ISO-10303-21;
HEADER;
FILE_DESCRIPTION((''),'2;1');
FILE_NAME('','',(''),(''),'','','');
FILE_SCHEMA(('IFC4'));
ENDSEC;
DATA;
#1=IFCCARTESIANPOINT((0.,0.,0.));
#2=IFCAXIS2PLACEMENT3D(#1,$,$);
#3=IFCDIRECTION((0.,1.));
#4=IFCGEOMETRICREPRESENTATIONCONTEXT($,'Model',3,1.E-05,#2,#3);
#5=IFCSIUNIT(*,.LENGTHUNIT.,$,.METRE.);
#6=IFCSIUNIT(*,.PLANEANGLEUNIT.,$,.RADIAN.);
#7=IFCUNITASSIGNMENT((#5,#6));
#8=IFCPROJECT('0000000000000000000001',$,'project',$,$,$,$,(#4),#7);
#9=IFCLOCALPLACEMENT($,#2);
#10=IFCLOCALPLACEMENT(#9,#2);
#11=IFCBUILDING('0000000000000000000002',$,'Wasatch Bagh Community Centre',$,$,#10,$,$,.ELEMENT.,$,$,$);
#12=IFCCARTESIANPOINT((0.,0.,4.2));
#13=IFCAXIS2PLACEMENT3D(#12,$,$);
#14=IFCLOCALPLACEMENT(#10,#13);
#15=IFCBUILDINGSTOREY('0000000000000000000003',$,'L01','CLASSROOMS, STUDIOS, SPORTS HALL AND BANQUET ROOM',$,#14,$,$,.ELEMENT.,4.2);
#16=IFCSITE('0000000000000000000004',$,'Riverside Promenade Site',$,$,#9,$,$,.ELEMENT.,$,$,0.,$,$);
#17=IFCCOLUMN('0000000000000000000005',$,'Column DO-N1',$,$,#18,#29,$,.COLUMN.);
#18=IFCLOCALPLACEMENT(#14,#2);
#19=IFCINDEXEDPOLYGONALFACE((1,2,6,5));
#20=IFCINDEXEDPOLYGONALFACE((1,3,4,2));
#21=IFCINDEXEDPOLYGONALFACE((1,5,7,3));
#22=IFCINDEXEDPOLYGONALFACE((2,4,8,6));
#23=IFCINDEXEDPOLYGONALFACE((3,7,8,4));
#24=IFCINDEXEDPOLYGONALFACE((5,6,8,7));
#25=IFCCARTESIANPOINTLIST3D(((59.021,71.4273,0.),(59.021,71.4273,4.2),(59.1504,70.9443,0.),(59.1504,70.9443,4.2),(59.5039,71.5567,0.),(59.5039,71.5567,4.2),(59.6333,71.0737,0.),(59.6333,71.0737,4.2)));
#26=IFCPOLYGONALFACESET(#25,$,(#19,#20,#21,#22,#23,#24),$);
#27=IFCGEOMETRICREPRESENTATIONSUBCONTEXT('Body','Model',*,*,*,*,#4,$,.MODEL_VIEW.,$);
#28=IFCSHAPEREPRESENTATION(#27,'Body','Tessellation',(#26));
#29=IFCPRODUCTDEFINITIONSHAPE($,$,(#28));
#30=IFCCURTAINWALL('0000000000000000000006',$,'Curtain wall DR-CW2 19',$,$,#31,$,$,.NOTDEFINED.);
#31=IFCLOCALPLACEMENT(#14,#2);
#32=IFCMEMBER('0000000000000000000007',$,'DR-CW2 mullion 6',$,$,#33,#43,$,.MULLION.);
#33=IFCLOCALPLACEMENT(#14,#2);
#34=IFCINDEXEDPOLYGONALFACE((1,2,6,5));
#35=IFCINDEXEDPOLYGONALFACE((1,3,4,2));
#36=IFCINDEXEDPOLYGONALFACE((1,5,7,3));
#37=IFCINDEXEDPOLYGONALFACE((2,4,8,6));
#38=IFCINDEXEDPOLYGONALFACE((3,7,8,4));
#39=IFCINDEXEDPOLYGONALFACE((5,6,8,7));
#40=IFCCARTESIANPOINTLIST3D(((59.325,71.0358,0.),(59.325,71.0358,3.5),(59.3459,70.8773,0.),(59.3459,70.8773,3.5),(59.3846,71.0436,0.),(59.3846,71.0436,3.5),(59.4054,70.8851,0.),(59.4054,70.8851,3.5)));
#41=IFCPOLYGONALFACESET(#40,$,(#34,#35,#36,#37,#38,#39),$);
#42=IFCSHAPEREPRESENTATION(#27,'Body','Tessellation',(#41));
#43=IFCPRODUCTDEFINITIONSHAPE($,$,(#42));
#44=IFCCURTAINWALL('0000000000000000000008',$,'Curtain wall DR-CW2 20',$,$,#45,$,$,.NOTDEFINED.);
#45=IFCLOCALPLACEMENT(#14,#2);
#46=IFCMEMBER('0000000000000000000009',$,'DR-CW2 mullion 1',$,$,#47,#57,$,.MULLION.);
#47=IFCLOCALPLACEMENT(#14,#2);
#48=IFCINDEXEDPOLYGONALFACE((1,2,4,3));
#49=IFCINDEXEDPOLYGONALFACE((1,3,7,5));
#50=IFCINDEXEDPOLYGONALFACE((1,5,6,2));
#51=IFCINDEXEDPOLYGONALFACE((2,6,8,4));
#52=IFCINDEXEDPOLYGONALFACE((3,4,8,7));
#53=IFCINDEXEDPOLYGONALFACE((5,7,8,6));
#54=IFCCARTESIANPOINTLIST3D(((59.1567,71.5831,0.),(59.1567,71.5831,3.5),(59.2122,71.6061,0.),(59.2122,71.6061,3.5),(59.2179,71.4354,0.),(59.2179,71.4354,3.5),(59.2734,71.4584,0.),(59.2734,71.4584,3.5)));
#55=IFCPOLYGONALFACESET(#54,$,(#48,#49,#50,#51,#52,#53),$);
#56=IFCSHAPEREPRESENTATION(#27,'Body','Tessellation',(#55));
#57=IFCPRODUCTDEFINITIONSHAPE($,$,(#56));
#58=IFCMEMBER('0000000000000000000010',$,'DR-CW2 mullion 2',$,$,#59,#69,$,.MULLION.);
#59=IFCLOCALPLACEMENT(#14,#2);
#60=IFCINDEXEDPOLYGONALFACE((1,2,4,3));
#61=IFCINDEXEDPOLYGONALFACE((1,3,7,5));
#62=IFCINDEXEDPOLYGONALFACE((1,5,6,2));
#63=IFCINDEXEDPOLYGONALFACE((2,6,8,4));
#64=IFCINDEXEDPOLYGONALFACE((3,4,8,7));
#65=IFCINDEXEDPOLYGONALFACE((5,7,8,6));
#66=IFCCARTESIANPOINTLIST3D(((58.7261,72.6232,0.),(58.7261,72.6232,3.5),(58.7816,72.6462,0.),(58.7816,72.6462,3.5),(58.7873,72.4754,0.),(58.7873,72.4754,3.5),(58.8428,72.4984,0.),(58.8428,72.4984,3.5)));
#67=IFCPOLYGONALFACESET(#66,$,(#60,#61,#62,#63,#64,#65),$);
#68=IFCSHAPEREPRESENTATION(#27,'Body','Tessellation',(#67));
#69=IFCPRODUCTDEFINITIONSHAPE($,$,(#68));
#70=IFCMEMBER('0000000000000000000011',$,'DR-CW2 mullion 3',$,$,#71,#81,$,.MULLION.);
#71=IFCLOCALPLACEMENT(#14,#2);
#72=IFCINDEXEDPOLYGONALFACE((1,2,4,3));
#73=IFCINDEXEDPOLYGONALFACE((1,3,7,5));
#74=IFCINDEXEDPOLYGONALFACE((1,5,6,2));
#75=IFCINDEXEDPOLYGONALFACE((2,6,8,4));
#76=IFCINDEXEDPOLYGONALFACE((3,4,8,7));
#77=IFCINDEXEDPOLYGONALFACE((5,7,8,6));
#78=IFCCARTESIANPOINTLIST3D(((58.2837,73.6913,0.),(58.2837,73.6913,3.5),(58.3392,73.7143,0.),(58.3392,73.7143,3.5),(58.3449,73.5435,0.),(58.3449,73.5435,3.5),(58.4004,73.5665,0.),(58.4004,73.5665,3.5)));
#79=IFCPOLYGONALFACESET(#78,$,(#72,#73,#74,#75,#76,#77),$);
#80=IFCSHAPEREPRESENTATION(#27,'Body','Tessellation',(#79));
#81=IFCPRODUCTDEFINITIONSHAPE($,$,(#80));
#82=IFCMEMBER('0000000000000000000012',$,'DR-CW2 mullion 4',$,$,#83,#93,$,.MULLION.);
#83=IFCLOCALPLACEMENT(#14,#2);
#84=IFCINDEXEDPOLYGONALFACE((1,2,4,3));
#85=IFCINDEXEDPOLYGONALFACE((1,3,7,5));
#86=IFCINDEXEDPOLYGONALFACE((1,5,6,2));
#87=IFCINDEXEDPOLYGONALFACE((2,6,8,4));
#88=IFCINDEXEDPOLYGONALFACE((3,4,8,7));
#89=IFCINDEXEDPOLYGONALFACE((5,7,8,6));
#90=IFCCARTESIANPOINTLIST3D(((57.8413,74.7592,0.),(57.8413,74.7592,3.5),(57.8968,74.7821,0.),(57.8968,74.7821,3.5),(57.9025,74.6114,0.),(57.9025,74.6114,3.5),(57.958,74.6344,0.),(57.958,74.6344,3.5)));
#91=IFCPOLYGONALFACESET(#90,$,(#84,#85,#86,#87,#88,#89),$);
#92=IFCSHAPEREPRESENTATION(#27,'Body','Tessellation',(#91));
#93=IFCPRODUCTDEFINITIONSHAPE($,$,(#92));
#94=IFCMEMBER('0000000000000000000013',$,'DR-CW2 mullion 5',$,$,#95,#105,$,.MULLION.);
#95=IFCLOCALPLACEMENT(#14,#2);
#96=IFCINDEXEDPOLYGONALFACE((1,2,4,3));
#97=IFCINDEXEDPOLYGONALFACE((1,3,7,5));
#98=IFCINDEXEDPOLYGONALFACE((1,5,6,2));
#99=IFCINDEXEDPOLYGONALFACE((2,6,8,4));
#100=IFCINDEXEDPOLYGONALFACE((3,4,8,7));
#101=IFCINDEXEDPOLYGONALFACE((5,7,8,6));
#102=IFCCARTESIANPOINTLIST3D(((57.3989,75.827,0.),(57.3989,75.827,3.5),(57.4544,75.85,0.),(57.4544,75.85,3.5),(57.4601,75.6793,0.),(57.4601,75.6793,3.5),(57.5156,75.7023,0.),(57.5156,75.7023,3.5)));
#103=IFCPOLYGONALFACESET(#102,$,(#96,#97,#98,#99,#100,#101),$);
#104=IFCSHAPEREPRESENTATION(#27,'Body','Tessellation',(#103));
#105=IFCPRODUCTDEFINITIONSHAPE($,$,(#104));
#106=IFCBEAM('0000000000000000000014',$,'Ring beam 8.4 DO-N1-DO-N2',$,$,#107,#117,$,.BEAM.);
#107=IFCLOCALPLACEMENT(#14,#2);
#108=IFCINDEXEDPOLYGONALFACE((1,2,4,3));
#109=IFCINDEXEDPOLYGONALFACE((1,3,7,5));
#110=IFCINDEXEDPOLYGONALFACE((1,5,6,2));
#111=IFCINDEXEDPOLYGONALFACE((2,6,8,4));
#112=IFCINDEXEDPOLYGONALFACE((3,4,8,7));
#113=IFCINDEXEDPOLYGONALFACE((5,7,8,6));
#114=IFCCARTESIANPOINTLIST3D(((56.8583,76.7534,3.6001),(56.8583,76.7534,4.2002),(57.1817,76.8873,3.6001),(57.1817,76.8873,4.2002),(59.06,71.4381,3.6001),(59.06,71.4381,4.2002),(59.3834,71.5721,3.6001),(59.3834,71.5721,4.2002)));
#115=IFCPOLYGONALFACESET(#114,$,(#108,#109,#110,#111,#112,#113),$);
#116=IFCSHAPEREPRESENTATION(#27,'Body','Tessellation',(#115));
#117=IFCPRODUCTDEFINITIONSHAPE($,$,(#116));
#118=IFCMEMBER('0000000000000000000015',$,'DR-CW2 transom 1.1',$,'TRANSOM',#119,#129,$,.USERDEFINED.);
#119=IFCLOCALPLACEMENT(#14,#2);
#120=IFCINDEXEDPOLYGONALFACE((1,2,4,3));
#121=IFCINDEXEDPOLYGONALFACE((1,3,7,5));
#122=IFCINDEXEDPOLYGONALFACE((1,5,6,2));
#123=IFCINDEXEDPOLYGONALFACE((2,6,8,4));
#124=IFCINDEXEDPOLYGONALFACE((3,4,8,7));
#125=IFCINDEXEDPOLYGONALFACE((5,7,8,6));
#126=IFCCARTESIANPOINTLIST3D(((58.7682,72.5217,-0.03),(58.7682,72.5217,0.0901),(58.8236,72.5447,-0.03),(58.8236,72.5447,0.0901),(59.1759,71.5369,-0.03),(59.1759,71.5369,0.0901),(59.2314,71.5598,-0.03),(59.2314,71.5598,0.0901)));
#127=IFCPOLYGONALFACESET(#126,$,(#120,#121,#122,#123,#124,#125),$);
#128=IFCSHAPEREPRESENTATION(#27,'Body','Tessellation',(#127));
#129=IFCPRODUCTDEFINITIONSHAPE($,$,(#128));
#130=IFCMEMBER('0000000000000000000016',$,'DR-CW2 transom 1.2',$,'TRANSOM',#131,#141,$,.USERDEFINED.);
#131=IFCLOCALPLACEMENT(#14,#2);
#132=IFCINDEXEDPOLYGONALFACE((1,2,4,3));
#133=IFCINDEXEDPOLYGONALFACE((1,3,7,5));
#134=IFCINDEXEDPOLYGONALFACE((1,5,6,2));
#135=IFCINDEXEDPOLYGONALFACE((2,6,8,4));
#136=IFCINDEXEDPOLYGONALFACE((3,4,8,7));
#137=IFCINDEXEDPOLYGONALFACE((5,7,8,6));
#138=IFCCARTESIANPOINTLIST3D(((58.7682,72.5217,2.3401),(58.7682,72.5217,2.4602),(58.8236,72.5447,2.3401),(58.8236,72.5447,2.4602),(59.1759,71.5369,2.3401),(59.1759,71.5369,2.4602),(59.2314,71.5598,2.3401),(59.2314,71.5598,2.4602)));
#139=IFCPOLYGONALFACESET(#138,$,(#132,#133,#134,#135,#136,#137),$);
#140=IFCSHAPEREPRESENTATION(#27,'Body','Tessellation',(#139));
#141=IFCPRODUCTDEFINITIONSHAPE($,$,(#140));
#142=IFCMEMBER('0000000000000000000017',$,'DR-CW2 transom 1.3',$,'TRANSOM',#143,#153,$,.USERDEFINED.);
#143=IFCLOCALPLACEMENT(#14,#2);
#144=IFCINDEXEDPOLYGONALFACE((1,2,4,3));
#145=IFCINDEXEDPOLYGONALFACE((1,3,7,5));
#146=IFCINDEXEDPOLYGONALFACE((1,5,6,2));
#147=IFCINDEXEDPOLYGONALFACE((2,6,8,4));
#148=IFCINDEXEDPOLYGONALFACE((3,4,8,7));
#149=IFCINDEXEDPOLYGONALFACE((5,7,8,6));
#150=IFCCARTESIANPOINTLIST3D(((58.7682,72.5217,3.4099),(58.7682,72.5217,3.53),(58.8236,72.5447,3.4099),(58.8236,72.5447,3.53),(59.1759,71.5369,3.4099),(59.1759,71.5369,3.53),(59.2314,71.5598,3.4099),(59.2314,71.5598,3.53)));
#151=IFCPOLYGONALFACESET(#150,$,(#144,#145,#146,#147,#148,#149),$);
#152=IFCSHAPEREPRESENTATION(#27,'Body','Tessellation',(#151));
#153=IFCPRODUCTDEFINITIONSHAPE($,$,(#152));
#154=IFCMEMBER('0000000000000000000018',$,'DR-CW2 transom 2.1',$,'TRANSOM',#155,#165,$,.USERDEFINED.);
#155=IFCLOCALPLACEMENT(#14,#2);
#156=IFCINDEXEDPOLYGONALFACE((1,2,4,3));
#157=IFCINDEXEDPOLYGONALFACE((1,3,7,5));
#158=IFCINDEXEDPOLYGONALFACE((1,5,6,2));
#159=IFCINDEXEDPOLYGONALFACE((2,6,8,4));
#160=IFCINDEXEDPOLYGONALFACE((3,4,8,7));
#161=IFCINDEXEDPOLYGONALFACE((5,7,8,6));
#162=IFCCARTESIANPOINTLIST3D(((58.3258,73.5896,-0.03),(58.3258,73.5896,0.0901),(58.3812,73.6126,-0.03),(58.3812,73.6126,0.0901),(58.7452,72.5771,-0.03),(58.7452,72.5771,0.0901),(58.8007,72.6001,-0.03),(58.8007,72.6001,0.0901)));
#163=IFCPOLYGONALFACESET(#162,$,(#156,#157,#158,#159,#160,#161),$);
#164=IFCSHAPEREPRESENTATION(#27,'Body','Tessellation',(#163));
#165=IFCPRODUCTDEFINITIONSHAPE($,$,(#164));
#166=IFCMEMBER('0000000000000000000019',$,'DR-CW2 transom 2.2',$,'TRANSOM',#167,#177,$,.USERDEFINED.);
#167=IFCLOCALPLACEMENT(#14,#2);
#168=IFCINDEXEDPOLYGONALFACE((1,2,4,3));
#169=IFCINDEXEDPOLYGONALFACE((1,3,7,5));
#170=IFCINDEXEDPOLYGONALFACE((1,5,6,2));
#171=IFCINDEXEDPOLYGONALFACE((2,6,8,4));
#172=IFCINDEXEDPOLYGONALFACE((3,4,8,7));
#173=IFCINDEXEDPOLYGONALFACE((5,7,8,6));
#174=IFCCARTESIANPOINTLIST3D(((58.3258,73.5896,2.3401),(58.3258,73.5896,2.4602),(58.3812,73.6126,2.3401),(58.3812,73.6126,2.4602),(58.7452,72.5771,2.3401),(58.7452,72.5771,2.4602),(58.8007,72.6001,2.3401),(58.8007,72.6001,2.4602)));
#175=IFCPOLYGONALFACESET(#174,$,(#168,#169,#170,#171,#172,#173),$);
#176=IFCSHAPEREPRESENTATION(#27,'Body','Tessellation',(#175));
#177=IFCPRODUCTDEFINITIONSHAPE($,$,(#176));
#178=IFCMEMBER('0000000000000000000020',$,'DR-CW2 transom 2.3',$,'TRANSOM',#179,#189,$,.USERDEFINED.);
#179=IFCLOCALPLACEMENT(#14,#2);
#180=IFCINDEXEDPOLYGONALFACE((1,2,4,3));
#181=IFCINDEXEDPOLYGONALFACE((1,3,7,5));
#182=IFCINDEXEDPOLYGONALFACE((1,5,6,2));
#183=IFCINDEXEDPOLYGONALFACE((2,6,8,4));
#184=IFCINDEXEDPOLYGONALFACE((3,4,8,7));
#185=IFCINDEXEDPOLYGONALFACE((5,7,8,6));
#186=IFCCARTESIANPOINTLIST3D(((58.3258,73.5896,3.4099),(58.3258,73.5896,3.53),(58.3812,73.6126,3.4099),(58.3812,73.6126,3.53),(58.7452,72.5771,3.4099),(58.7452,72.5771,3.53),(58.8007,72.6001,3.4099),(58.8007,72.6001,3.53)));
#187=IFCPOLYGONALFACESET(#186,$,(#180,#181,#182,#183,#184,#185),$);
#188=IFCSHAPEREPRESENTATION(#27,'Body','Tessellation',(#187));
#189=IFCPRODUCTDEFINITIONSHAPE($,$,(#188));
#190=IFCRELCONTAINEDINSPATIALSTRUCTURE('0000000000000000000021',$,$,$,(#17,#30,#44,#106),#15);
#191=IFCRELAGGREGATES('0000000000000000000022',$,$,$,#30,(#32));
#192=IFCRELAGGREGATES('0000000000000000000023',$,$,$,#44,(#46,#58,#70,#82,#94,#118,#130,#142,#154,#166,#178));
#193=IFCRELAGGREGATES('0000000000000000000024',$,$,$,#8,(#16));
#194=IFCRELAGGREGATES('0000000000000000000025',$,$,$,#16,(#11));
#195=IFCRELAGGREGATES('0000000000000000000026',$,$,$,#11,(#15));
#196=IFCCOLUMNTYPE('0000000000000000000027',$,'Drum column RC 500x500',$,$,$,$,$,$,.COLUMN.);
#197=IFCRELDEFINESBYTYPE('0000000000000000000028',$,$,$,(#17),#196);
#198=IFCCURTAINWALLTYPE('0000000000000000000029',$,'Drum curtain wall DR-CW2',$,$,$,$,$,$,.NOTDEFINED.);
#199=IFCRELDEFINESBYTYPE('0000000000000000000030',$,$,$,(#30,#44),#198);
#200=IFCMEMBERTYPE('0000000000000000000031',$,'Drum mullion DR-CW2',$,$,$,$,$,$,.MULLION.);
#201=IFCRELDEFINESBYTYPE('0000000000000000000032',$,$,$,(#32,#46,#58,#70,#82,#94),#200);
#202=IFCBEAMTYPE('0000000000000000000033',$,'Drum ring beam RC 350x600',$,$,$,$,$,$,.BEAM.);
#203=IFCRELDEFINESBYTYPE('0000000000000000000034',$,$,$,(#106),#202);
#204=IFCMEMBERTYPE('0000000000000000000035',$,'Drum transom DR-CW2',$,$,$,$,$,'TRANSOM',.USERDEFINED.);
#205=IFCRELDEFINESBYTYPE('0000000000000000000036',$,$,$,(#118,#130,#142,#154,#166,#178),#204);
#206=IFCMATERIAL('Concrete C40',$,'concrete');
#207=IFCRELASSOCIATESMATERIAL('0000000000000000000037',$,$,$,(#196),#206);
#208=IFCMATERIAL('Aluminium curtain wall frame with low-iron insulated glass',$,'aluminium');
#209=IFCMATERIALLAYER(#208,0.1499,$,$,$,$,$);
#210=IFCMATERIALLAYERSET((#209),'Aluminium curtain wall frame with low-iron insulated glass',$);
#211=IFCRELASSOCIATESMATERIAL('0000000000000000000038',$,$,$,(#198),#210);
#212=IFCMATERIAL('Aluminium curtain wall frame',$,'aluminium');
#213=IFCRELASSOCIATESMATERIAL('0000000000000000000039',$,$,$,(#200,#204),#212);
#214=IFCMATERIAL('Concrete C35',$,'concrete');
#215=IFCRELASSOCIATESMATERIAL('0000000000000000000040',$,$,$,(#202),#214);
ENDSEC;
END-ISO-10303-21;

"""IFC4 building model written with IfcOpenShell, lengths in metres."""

from ifc_helpers import new_model, si_unit, direction, frame, origin, origin_2d, place, context, subcontext, project, spatial, rectangle, extrude, material, layer, layer_set, material_profile, profile_set, type_object, element, aggregate, save


model = new_model("IFC4")

# Units and contexts
model_context = context("Model", 3, precision=1e-05, world=origin(), true_north=direction((0.0, 1.0)))
body_context = subcontext(model_context, "Body", "Model", "MODEL_VIEW")
ifc_project = project(units=[si_unit("LENGTHUNIT", "METRE"), si_unit("PLANEANGLEUNIT", "RADIAN")], contexts=[model_context])

# Site, building, storey
site_placement = place(None, origin())
site = spatial("IfcSite", under=ifc_project, at=site_placement, Name="Riverside Promenade Site", CompositionType="ELEMENT", RefElevation=0.0)
building_placement = place(site_placement, origin())
building = spatial("IfcBuilding", under=site, at=building_placement, Name="Wasatch Bagh Community Centre", CompositionType="ELEMENT")
storey_placement = place(building_placement, frame((0.0, 0.0, 4.2)))
storey = spatial("IfcBuildingStorey", under=building, at=storey_placement, Name="L01", Description="CLASSROOMS, STUDIOS, SPORTS HALL AND BANQUET ROOM", CompositionType="ELEMENT", Elevation=4.2)

# Column
ifc_material_1 = material(Name="Concrete C40", Category="concrete")
ifc_material_profile_1 = material_profile(ifc_material_1, rectangle(XDim=0.5, YDim=0.5, at=origin_2d()), Name="RC 500x500")
ifc_profile_set_1 = profile_set([ifc_material_profile_1], Name="Concrete C40")
column_type = type_object("IfcColumnType", Name="Drum column RC 500x500", PredefinedType="COLUMN", material=ifc_profile_set_1)
column_placement = place(storey_placement, frame((59.3271, 71.2505, 0.0), z_axis=(0.0, 0.0, 1.0), x_axis=(0.965926, 0.258819, 0.0)))
element("IfcColumn", 1, at=column_placement, inside=storey, type_object=column_type, Name="Column DO-N1", PredefinedType="COLUMN", context=body_context, shape_type="SweptSolid", body=[
    extrude(rectangle(XDim=0.5, YDim=0.5, at=origin_2d()), origin(), (0.0, 0.0, 1.0), 4.2),
])

# Curtain wall, member
ifc_material_2 = material(Name="Aluminium curtain wall frame with low-iron insulated glass", Category="aluminium")
ifc_layer_1 = layer(ifc_material_2, 0.1499)
ifc_layer_set_1 = layer_set([ifc_layer_1], Name="Aluminium curtain wall frame with low-iron insulated glass")
curtain_wall_type = type_object("IfcCurtainWallType", Name="Drum curtain wall DR-CW2", PredefinedType="NOTDEFINED", material=ifc_layer_set_1)
curtain_wall_1_placement = place(storey_placement, origin())
curtain_wall_1 = element("IfcCurtainWall", 2, at=curtain_wall_1_placement, inside=storey, type_object=curtain_wall_type, Name="Curtain wall DR-CW2 19", PredefinedType="NOTDEFINED")
ifc_material_3 = material(Name="Aluminium curtain wall frame", Category="aluminium")
ifc_material_profile_2 = material_profile(ifc_material_3, rectangle(XDim=0.0601, YDim=0.1599, at=origin_2d()), Name="Drum mullion DR-CW2")
ifc_profile_set_2 = profile_set([ifc_material_profile_2], Name="Aluminium curtain wall frame")
member_type_1 = type_object("IfcMemberType", Name="Drum mullion DR-CW2", PredefinedType="MULLION", material=ifc_profile_set_2)
member_1_placement = place(storey_placement, frame((59.3652, 70.9604, 0.0), z_axis=(0.0, 0.0, 1.0), x_axis=(-0.991445, -0.130526, 0.0)))
member_1 = element("IfcMember", 3, at=member_1_placement, type_object=member_type_1, Name="DR-CW2 mullion 6", PredefinedType="MULLION", context=body_context, shape_type="SweptSolid", body=[
    extrude(rectangle(XDim=0.0601, YDim=0.1599, at=origin_2d()), origin(), (0.0, 0.0, 1.0), 3.5),
])

# Curtain wall, members
curtain_wall_2_placement = place(storey_placement, origin())
curtain_wall_2 = element("IfcCurtainWall", 4, at=curtain_wall_2_placement, inside=storey, type_object=curtain_wall_type, Name="Curtain wall DR-CW2 20", PredefinedType="NOTDEFINED")
member_2_placement = place(storey_placement, frame((59.2151, 71.5208, 0.0), z_axis=(0.0, 0.0, 1.0), x_axis=(-0.92388, -0.382683, 0.0)))
member_2 = element("IfcMember", 5, at=member_2_placement, type_object=member_type_1, Name="DR-CW2 mullion 1", PredefinedType="MULLION", context=body_context, shape_type="SweptSolid", body=[
    extrude(rectangle(XDim=0.0601, YDim=0.1599, at=origin_2d()), origin(), (0.0, 0.0, 1.0), 3.5),
])
member_3_placement = place(storey_placement, frame((58.7844, 72.5608, 0.0), z_axis=(0.0, 0.0, 1.0), x_axis=(-0.92388, -0.382683, 0.0)))
member_3 = element("IfcMember", 6, at=member_3_placement, type_object=member_type_1, Name="DR-CW2 mullion 2", PredefinedType="MULLION", context=body_context, shape_type="SweptSolid", body=[
    extrude(rectangle(XDim=0.0601, YDim=0.1599, at=origin_2d()), origin(), (0.0, 0.0, 1.0), 3.5),
])
member_4_placement = place(storey_placement, frame((58.342, 73.6289, 0.0), z_axis=(0.0, 0.0, 1.0), x_axis=(-0.92388, -0.382683, 0.0)))
member_4 = element("IfcMember", 7, at=member_4_placement, type_object=member_type_1, Name="DR-CW2 mullion 3", PredefinedType="MULLION", context=body_context, shape_type="SweptSolid", body=[
    extrude(rectangle(XDim=0.0601, YDim=0.1599, at=origin_2d()), origin(), (0.0, 0.0, 1.0), 3.5),
])
member_5_placement = place(storey_placement, frame((57.8997, 74.6968, 0.0), z_axis=(0.0, 0.0, 1.0), x_axis=(-0.92388, -0.382683, 0.0)))
member_5 = element("IfcMember", 8, at=member_5_placement, type_object=member_type_1, Name="DR-CW2 mullion 4", PredefinedType="MULLION", context=body_context, shape_type="SweptSolid", body=[
    extrude(rectangle(XDim=0.0601, YDim=0.1599, at=origin_2d()), origin(), (0.0, 0.0, 1.0), 3.5),
])
member_6_placement = place(storey_placement, frame((57.4573, 75.7646, 0.0), z_axis=(0.0, 0.0, 1.0), x_axis=(-0.92388, -0.382683, 0.0)))
member_6 = element("IfcMember", 9, at=member_6_placement, type_object=member_type_1, Name="DR-CW2 mullion 5", PredefinedType="MULLION", context=body_context, shape_type="SweptSolid", body=[
    extrude(rectangle(XDim=0.0601, YDim=0.1599, at=origin_2d()), origin(), (0.0, 0.0, 1.0), 3.5),
])

# Beam
ifc_material_4 = material(Name="Concrete C35", Category="concrete")
ifc_material_profile_3 = material_profile(ifc_material_4, rectangle(XDim=0.3501, YDim=0.6001, at=origin_2d()), Name="RC 350x600")
ifc_profile_set_3 = profile_set([ifc_material_profile_3], Name="Concrete C35")
beam_type = type_object("IfcBeamType", Name="Drum ring beam RC 350x600", PredefinedType="BEAM", material=ifc_profile_set_3)
beam_placement = place(storey_placement, frame((59.2217, 71.5051, 3.9001), z_axis=(-0.382689, 0.923877, 0.0), x_axis=(-0.923877, -0.382689, 0.0)))
element("IfcBeam", 10, at=beam_placement, inside=storey, type_object=beam_type, Name="Ring beam 8.4 DO-N1-DO-N2", PredefinedType="BEAM", context=body_context, shape_type="SweptSolid", body=[
    extrude(rectangle(XDim=0.3501, YDim=0.6001, at=origin_2d()), origin(), (0.0, 0.0, 1.0), 5.7532),
])

# Members
ifc_material_profile_4 = material_profile(ifc_material_3, rectangle(XDim=0.0601, YDim=0.1201, at=origin_2d()), Name="Drum transom DR-CW2")
ifc_profile_set_4 = profile_set([ifc_material_profile_4], Name="Aluminium curtain wall frame")
member_type_2 = type_object("IfcMemberType", Name="Drum transom DR-CW2", ElementType="TRANSOM", PredefinedType="USERDEFINED", material=ifc_profile_set_4)
member_7_placement = place(storey_placement, frame((59.2036, 71.5483, 0.03), z_axis=(-0.3825, 0.923955, 0.0), x_axis=(-0.923955, -0.3825, 0.0)))
member_7 = element("IfcMember", 11, at=member_7_placement, type_object=member_type_2, Name="DR-CW2 transom 1.1", ObjectType="TRANSOM", PredefinedType="USERDEFINED", context=body_context, shape_type="SweptSolid", body=[
    extrude(rectangle(XDim=0.0601, YDim=0.1201, at=origin_2d()), origin(), (0.0, 0.0, 1.0), 1.0659),
])
member_8_placement = place(storey_placement, frame((59.2036, 71.5483, 2.4001), z_axis=(-0.3825, 0.923955, 0.0), x_axis=(-0.923955, -0.3825, 0.0)))
member_8 = element("IfcMember", 12, at=member_8_placement, type_object=member_type_2, Name="DR-CW2 transom 1.2", ObjectType="TRANSOM", PredefinedType="USERDEFINED", context=body_context, shape_type="SweptSolid", body=[
    extrude(rectangle(XDim=0.0601, YDim=0.1201, at=origin_2d()), origin(), (0.0, 0.0, 1.0), 1.0659),
])
member_9_placement = place(storey_placement, frame((59.2036, 71.5483, 3.47), z_axis=(-0.3825, 0.923955, 0.0), x_axis=(-0.923955, -0.3825, 0.0)))
member_9 = element("IfcMember", 13, at=member_9_placement, type_object=member_type_2, Name="DR-CW2 transom 1.3", ObjectType="TRANSOM", PredefinedType="USERDEFINED", context=body_context, shape_type="SweptSolid", body=[
    extrude(rectangle(XDim=0.0601, YDim=0.1201, at=origin_2d()), origin(), (0.0, 0.0, 1.0), 1.0659),
])
member_10_placement = place(storey_placement, frame((58.7729, 72.5886, 0.03), z_axis=(-0.382732, 0.923859, 0.0), x_axis=(-0.923859, -0.382732, 0.0)))
member_10 = element("IfcMember", 14, at=member_10_placement, type_object=member_type_2, Name="DR-CW2 transom 2.1", ObjectType="TRANSOM", PredefinedType="USERDEFINED", context=body_context, shape_type="SweptSolid", body=[
    extrude(rectangle(XDim=0.0601, YDim=0.1201, at=origin_2d()), origin(), (0.0, 0.0, 1.0), 1.0959),
])
member_11_placement = place(storey_placement, frame((58.7729, 72.5886, 2.4001), z_axis=(-0.382732, 0.923859, 0.0), x_axis=(-0.923859, -0.382732, 0.0)))
member_11 = element("IfcMember", 15, at=member_11_placement, type_object=member_type_2, Name="DR-CW2 transom 2.2", ObjectType="TRANSOM", PredefinedType="USERDEFINED", context=body_context, shape_type="SweptSolid", body=[
    extrude(rectangle(XDim=0.0601, YDim=0.1201, at=origin_2d()), origin(), (0.0, 0.0, 1.0), 1.0959),
])
member_12_placement = place(storey_placement, frame((58.7729, 72.5886, 3.47), z_axis=(-0.382732, 0.923859, 0.0), x_axis=(-0.923859, -0.382732, 0.0)))
member_12 = element("IfcMember", 16, at=member_12_placement, type_object=member_type_2, Name="DR-CW2 transom 2.3", ObjectType="TRANSOM", PredefinedType="USERDEFINED", context=body_context, shape_type="SweptSolid", body=[
    extrude(rectangle(XDim=0.0601, YDim=0.1201, at=origin_2d()), origin(), (0.0, 0.0, 1.0), 1.0959),
])

aggregate(curtain_wall_1, [member_1])
aggregate(curtain_wall_2, [member_2, member_3, member_4, member_5, member_6, member_7, member_8, member_9, member_10, member_11, member_12])

save(model, "model.ifc")
